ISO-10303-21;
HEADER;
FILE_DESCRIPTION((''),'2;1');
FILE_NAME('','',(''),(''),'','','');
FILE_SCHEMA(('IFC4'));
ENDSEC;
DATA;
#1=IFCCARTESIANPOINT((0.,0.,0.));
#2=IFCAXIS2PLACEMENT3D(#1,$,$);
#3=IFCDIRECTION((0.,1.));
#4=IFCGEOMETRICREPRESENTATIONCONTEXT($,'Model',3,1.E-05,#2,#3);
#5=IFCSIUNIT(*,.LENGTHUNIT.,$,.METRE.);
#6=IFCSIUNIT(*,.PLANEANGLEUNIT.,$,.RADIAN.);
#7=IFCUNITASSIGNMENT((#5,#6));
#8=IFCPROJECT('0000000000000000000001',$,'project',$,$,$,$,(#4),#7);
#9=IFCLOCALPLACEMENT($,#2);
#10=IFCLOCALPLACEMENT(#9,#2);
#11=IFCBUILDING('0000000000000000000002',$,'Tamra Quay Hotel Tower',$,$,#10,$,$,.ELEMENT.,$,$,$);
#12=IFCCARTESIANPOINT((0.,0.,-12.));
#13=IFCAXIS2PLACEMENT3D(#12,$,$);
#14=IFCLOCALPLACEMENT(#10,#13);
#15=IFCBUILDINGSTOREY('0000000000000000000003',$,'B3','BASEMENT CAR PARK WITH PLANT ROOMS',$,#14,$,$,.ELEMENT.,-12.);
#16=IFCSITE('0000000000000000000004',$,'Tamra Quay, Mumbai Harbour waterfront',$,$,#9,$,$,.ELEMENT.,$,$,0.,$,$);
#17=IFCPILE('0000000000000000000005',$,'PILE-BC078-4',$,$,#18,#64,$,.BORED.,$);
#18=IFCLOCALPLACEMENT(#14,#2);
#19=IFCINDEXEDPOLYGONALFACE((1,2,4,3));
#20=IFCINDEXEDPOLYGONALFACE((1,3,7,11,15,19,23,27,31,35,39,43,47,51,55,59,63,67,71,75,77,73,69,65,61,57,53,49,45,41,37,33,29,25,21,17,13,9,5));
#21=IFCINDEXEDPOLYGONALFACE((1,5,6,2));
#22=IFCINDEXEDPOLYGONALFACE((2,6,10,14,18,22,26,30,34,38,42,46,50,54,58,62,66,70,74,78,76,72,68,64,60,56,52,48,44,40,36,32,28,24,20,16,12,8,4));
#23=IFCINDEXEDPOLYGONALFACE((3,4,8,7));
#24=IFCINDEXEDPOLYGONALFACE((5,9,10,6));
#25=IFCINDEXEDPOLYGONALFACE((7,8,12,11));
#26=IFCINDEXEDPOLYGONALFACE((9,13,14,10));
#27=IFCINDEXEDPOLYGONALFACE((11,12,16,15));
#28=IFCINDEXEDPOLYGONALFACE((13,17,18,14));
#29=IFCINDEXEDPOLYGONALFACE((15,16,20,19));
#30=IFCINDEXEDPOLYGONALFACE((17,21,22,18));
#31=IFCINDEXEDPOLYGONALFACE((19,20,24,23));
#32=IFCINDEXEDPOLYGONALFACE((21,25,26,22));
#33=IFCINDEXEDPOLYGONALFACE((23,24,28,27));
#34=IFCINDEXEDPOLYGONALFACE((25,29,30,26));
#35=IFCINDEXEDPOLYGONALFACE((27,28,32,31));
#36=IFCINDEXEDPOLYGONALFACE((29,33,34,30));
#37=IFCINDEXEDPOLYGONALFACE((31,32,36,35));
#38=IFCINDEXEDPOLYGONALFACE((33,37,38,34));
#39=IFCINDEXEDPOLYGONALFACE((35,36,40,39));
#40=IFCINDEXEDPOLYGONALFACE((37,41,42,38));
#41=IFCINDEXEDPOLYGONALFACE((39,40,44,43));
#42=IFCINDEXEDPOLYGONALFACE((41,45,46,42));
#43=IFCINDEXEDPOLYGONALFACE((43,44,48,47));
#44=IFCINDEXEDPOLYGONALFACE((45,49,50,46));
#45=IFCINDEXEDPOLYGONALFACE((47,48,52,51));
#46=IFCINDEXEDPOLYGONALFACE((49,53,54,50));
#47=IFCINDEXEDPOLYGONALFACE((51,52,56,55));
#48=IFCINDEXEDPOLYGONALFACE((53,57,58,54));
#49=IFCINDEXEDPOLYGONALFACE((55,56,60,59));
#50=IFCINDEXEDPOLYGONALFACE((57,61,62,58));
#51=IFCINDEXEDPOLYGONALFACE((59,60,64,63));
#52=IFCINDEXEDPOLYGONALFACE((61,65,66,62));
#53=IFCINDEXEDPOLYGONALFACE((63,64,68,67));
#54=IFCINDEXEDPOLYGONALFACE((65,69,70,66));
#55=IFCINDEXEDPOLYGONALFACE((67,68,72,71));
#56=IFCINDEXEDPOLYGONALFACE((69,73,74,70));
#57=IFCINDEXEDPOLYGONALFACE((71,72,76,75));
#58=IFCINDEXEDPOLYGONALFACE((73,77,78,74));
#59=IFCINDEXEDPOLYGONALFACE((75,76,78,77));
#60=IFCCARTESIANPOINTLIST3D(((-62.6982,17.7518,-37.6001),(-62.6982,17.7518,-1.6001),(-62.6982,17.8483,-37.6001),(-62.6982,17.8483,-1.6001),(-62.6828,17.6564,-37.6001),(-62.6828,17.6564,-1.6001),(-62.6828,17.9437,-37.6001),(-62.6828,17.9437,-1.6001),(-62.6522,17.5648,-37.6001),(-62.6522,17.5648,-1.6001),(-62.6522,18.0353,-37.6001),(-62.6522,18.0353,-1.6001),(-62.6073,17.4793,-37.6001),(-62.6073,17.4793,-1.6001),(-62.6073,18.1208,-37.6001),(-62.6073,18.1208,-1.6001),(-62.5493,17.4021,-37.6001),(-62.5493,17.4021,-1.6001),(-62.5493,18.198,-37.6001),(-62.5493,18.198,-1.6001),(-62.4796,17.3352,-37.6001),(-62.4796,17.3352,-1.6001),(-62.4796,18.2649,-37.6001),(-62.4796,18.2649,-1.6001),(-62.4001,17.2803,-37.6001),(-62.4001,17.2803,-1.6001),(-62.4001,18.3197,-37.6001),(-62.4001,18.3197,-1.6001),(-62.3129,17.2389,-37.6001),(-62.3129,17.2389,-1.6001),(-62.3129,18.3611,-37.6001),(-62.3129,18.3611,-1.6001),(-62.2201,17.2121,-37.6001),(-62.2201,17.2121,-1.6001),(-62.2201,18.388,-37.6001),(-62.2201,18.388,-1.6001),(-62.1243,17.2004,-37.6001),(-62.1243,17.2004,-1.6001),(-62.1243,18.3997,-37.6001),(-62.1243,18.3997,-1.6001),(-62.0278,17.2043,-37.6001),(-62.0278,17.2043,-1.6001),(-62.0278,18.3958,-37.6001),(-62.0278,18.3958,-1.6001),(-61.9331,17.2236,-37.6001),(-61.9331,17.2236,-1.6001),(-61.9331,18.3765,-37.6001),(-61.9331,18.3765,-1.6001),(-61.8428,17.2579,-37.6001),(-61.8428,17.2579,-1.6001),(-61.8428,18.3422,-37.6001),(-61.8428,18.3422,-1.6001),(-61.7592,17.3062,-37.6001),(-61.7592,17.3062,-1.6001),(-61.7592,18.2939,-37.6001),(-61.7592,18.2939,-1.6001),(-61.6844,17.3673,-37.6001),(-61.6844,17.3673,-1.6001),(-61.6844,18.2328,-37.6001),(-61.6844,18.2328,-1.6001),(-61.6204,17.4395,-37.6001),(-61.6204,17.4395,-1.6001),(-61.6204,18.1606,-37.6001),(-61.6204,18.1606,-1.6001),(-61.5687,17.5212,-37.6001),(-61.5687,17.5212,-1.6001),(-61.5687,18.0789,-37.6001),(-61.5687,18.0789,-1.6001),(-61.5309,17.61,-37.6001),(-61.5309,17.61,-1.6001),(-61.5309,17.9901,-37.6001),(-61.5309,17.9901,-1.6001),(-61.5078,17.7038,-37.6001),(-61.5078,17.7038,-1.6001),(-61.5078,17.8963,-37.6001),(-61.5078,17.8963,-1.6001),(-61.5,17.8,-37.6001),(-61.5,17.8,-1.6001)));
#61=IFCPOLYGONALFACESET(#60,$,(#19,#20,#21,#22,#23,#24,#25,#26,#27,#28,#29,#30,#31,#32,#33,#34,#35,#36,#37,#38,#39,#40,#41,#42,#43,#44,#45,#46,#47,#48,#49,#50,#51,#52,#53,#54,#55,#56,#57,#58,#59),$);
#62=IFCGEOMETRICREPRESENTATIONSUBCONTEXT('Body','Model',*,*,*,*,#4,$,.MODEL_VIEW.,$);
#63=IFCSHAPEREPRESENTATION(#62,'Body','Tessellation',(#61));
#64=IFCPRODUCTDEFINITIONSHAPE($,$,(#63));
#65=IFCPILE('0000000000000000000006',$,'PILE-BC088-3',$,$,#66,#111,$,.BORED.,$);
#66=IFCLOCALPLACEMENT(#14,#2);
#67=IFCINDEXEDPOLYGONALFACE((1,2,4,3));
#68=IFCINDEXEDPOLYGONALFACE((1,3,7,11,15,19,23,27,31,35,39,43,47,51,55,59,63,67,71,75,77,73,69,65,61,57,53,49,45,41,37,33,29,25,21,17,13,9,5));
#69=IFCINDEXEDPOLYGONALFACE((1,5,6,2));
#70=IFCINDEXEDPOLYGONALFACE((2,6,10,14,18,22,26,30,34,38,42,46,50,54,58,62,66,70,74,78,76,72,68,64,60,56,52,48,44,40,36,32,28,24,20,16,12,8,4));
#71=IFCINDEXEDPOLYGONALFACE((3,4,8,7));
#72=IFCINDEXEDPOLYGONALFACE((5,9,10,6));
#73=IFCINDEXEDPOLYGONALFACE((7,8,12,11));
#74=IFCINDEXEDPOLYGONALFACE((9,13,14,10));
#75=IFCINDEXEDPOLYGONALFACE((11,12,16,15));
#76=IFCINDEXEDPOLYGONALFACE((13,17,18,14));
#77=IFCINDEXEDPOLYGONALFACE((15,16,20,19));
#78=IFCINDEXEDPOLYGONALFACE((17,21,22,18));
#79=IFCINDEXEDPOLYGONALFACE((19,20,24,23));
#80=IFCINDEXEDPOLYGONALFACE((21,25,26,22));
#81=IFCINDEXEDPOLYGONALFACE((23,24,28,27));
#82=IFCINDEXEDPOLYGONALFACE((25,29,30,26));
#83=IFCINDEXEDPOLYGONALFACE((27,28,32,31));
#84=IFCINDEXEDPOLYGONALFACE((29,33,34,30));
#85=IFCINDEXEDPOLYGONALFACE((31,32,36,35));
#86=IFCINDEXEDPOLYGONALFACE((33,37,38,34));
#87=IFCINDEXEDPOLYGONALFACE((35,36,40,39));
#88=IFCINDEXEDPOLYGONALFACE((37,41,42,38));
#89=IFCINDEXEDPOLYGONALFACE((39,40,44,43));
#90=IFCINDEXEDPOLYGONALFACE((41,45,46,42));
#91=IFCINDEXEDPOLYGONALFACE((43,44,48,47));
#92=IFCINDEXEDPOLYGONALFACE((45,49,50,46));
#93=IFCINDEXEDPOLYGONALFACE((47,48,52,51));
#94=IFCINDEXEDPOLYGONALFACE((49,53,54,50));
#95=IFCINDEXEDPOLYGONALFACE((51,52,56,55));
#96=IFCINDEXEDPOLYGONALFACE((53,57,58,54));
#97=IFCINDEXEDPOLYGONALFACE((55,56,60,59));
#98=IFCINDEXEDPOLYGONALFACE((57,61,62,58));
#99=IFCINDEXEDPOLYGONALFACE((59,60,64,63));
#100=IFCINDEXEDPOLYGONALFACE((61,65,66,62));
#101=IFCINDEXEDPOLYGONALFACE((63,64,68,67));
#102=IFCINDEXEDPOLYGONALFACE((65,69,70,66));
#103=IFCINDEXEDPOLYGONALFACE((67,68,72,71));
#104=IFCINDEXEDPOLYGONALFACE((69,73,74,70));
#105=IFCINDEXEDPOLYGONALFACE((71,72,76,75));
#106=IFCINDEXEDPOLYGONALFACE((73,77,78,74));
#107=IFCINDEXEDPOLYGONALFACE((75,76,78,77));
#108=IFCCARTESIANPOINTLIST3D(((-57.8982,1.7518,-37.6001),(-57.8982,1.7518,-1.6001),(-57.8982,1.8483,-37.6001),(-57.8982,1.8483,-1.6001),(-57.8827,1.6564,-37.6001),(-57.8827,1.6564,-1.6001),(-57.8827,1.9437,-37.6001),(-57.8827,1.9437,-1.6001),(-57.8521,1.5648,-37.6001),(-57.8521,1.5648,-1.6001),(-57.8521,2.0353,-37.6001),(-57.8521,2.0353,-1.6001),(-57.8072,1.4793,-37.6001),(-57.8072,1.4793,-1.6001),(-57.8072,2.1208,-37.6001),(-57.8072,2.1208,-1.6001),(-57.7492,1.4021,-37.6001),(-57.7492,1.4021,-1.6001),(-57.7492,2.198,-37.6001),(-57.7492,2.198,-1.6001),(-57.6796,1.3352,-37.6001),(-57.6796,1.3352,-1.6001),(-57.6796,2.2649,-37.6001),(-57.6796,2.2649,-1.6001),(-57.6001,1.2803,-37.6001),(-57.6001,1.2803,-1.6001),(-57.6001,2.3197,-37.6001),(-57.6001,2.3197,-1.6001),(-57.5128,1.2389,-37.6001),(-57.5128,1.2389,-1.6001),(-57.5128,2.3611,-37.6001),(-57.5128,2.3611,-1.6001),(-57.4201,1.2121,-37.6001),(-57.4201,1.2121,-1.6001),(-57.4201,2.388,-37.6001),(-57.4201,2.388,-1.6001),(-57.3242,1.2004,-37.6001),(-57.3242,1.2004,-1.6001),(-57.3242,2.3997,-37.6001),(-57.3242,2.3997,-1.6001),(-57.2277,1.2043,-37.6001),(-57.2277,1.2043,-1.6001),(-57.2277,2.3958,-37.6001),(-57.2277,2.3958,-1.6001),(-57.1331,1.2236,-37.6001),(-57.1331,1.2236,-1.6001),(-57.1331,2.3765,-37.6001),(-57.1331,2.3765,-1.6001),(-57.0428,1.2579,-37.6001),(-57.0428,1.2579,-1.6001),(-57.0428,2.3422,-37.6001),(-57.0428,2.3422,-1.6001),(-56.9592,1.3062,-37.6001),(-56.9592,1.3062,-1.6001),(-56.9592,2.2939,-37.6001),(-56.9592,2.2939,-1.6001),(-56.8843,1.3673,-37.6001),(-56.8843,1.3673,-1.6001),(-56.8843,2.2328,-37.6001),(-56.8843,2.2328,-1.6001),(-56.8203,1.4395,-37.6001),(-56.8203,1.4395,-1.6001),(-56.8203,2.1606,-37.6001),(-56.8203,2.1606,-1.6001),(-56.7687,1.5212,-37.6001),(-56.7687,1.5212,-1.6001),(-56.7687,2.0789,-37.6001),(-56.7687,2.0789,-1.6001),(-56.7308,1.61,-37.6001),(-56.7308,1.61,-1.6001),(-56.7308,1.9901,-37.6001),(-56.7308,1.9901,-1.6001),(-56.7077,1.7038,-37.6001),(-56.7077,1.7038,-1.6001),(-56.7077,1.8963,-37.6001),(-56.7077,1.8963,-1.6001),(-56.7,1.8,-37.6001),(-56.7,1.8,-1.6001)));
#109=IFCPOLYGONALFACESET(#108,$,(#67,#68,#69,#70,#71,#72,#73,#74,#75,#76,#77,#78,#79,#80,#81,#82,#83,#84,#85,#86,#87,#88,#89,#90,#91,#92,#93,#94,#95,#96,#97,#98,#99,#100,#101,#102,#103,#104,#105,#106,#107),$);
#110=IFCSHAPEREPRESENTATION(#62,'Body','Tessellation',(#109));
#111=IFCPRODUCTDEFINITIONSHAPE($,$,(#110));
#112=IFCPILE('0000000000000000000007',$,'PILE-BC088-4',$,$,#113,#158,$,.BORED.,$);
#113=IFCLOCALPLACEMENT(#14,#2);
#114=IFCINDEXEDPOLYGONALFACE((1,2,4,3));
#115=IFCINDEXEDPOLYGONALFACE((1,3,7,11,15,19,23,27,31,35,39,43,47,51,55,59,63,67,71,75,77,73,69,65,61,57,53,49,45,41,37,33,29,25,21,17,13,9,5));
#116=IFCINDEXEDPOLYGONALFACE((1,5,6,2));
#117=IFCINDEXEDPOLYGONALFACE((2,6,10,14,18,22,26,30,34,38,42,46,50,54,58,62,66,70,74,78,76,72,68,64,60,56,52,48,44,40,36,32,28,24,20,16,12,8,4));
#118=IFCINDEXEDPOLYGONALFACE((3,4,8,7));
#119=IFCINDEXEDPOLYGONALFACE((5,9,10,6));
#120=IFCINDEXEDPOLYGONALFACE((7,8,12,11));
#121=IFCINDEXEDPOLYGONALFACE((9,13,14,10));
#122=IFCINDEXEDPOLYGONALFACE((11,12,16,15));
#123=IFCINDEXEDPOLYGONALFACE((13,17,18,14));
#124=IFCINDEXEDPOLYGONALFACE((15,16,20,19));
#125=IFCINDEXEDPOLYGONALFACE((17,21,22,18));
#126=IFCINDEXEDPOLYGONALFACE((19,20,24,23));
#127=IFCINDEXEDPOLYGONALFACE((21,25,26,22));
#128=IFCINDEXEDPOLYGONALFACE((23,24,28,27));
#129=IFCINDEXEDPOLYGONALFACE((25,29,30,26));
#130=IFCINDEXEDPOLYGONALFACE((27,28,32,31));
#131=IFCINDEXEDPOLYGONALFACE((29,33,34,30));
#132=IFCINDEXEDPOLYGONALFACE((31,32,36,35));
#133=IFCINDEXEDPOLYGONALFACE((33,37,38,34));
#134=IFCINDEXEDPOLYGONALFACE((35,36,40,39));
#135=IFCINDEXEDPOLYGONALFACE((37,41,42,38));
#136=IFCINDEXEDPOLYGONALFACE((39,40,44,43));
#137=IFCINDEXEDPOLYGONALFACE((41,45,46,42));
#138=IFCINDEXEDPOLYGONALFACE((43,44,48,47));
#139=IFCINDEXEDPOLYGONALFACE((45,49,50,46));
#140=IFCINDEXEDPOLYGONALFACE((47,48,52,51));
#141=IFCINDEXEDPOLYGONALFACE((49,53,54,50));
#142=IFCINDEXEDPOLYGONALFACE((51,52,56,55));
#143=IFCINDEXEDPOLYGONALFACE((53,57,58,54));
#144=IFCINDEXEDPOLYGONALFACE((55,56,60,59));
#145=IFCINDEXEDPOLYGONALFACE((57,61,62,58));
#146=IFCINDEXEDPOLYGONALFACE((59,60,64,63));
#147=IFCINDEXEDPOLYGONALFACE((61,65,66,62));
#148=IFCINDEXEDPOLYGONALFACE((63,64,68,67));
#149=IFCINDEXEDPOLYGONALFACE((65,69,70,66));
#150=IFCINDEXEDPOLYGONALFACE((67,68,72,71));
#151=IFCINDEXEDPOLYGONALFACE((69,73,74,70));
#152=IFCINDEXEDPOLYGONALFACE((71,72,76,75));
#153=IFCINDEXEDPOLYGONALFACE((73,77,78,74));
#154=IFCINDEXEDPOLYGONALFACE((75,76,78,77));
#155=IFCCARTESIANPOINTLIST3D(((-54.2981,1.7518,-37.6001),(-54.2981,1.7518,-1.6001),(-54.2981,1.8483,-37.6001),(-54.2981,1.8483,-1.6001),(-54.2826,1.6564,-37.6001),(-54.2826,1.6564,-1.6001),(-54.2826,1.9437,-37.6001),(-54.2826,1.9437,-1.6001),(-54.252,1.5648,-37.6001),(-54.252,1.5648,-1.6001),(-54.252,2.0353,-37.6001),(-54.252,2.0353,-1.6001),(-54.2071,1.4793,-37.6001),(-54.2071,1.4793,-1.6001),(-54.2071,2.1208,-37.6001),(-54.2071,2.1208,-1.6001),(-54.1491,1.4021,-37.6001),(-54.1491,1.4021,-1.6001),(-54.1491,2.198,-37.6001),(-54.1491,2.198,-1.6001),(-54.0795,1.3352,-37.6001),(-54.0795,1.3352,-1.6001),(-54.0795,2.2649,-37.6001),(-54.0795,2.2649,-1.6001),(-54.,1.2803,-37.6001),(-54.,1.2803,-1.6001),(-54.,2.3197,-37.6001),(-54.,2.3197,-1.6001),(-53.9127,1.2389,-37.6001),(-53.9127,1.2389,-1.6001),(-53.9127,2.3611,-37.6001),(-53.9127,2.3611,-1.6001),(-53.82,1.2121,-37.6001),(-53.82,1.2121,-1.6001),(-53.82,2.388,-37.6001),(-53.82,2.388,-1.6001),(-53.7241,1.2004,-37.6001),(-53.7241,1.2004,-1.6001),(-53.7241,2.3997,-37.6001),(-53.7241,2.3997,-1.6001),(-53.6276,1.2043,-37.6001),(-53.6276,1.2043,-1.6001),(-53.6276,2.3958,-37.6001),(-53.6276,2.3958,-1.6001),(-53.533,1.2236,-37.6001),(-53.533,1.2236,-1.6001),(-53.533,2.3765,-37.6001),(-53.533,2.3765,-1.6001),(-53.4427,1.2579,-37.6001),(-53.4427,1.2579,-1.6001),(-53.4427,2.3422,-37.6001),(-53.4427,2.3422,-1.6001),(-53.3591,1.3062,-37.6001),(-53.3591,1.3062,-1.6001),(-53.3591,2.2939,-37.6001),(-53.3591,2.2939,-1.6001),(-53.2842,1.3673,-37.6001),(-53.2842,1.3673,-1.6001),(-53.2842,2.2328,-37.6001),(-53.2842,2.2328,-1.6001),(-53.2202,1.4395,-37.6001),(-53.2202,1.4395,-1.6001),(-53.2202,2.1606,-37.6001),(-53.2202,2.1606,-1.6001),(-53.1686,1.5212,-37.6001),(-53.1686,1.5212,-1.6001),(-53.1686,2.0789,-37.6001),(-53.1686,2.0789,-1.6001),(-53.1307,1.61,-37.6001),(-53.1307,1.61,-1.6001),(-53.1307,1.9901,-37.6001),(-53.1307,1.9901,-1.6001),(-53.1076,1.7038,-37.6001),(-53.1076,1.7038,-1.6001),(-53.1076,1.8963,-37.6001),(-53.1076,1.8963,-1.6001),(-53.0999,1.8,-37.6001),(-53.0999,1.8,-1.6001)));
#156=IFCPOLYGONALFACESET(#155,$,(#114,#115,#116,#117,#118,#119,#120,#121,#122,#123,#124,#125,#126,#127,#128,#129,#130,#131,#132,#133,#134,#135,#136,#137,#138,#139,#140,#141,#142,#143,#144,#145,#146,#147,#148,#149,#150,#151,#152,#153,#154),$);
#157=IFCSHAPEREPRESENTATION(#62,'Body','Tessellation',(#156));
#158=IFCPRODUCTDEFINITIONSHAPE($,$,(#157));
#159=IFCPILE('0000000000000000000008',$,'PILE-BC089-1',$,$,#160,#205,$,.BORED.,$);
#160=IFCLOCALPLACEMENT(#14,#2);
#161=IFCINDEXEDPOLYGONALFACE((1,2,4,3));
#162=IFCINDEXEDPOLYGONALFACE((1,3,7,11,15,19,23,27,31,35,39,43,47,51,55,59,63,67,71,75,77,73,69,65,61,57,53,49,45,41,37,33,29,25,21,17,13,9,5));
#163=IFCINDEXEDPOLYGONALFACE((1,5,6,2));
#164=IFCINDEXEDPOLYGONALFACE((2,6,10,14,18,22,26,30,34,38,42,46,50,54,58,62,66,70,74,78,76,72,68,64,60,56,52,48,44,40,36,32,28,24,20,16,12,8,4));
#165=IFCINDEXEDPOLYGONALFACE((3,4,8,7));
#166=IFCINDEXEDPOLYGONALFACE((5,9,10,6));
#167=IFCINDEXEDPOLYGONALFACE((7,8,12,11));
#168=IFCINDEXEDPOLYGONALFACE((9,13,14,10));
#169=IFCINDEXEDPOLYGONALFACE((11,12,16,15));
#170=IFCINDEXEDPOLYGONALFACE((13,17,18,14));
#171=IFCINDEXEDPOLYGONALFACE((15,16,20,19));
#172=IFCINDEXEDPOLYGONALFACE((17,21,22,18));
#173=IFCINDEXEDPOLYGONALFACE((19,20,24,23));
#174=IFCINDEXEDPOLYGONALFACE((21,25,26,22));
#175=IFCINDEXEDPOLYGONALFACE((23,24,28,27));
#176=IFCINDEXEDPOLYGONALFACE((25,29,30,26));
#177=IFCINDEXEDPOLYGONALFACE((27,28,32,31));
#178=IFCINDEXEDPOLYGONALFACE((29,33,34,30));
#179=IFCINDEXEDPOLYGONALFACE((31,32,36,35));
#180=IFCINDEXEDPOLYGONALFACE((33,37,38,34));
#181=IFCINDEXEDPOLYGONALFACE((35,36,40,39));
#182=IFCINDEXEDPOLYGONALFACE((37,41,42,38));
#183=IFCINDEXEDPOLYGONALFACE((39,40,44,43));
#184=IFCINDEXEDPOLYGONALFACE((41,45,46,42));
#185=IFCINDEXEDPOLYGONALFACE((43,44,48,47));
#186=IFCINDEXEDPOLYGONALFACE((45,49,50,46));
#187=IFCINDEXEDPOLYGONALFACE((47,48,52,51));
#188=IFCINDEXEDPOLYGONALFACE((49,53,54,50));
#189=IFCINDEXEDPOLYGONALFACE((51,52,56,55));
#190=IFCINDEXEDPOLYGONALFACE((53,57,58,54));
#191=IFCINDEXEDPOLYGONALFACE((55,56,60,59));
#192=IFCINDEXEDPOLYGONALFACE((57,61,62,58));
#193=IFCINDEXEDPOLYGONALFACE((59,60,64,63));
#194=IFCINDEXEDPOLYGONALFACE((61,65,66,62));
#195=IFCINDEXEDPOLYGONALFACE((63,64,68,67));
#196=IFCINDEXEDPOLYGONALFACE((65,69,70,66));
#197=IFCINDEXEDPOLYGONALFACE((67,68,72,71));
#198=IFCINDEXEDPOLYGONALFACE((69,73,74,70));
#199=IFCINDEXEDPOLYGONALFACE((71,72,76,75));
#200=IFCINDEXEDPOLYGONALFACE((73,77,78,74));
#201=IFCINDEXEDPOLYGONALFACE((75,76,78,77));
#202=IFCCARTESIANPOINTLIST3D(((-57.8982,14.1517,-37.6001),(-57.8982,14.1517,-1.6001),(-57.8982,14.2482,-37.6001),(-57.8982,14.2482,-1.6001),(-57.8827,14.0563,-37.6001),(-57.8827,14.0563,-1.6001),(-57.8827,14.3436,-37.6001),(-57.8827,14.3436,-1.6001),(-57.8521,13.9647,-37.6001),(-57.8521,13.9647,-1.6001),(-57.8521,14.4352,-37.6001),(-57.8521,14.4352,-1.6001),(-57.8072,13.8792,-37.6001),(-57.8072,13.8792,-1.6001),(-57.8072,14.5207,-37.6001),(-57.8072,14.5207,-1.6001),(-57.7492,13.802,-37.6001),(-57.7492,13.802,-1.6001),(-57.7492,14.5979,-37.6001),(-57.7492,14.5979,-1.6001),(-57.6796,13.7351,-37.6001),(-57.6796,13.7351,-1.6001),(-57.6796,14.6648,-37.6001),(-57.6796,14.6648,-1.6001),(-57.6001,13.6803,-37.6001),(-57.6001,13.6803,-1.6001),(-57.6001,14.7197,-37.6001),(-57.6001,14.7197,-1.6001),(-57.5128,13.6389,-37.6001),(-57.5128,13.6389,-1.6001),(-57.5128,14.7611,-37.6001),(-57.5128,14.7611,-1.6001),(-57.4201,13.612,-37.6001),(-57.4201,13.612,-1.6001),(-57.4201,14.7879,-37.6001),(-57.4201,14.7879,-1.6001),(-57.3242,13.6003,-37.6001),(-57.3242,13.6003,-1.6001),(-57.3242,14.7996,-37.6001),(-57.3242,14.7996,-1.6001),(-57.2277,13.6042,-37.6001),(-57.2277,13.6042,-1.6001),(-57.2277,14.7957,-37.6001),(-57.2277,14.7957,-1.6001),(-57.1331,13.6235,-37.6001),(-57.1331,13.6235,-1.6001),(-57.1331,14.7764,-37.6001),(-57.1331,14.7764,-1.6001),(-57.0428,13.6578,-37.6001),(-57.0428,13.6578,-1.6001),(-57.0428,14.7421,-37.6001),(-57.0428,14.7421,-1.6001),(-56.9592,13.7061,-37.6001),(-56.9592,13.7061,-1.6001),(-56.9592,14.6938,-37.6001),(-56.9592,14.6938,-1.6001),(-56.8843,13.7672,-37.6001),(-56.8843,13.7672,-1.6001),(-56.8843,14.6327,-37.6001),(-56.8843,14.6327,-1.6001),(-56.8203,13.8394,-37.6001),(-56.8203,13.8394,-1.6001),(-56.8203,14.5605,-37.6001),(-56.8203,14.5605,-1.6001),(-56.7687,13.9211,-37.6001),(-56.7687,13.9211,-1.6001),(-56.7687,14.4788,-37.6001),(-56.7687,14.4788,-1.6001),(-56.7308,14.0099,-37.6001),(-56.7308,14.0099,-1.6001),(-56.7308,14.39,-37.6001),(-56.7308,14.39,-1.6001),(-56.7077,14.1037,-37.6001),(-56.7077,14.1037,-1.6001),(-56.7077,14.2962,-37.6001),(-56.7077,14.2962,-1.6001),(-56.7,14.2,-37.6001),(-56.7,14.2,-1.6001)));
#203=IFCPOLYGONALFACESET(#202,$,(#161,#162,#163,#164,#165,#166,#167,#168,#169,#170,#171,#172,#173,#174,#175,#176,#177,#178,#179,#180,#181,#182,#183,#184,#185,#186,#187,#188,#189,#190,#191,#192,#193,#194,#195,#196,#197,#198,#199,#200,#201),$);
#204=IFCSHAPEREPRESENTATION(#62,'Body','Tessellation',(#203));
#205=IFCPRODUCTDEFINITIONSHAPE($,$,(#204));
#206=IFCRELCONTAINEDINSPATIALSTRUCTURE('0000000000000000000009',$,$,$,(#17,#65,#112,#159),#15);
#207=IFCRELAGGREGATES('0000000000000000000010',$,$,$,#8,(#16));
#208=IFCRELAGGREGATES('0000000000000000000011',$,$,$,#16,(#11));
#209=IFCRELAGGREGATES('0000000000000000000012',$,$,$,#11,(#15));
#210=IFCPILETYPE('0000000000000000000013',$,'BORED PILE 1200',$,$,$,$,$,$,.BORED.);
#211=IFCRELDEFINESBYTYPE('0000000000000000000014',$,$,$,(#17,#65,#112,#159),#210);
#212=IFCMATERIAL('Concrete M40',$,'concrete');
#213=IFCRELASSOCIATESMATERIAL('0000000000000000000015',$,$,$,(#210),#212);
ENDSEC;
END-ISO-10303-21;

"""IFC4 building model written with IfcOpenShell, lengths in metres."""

from ifc_helpers import new_model, si_unit, direction, frame, origin, origin_2d, place, context, subcontext, project, spatial, circle, extrude, material, material_profile, profile_set, type_object, element, save


model = new_model("IFC4")

# Units and contexts
model_context = context("Model", 3, precision=1e-05, world=origin(), true_north=direction((0.0, 1.0)))
body_context = subcontext(model_context, "Body", "Model", "MODEL_VIEW")
ifc_project = project(units=[si_unit("LENGTHUNIT", "METRE"), si_unit("PLANEANGLEUNIT", "RADIAN")], contexts=[model_context])

# Site, building, storey
site_placement = place(None, origin())
site = spatial("IfcSite", under=ifc_project, at=site_placement, Name="Tamra Quay, Mumbai Harbour waterfront", CompositionType="ELEMENT", RefElevation=0.0)
building_placement = place(site_placement, origin())
building = spatial("IfcBuilding", under=site, at=building_placement, Name="Tamra Quay Hotel Tower", CompositionType="ELEMENT")
storey_placement = place(building_placement, frame((0.0, 0.0, -12.0)))
storey = spatial("IfcBuildingStorey", under=building, at=storey_placement, Name="B3", Description="BASEMENT CAR PARK WITH PLANT ROOMS", CompositionType="ELEMENT", Elevation=-12.0)

# Piles
ifc_material_1 = material(Name="Concrete M40", Category="concrete")
ifc_material_profile_1 = material_profile(ifc_material_1, circle(Radius=0.6001, at=origin_2d()), Name="BORED PILE 1200")
ifc_profile_set_1 = profile_set([ifc_material_profile_1], Name="Concrete M40")
pile_type = type_object("IfcPileType", Name="BORED PILE 1200", PredefinedType="BORED", material=ifc_profile_set_1)
for number, where, z_axis, x_axis, name in (
    (1, (-62.1001, 17.8, -1.6001), (0.0, 0.0, -1.0), (1.0, 0.0, 0.0), "PILE-BC078-4"),
    (2, (-57.3, 1.8, -1.6001), (0.0, 0.0, -1.0), (1.0, 0.0, 0.0), "PILE-BC088-3"),
    (3, (-53.7, 1.8, -1.6001), (0.0, 0.0, -1.0), (1.0, 0.0, 0.0), "PILE-BC088-4"),
    (4, (-57.3, 14.2, -1.6001), (0.0, 0.0, -1.0), (1.0, 0.0, 0.0), "PILE-BC089-1"),
):
    element("IfcPile", number, at=place(storey_placement, frame(where, z_axis=z_axis, x_axis=x_axis)), inside=storey, type_object=pile_type, Name=name, PredefinedType="BORED", context=body_context, shape_type="SweptSolid", body=[
        extrude(circle(Radius=0.6001, at=origin_2d()), origin(), (0.0, 0.0, 1.0), 36.0),
    ])

save(model, "model.ifc")
